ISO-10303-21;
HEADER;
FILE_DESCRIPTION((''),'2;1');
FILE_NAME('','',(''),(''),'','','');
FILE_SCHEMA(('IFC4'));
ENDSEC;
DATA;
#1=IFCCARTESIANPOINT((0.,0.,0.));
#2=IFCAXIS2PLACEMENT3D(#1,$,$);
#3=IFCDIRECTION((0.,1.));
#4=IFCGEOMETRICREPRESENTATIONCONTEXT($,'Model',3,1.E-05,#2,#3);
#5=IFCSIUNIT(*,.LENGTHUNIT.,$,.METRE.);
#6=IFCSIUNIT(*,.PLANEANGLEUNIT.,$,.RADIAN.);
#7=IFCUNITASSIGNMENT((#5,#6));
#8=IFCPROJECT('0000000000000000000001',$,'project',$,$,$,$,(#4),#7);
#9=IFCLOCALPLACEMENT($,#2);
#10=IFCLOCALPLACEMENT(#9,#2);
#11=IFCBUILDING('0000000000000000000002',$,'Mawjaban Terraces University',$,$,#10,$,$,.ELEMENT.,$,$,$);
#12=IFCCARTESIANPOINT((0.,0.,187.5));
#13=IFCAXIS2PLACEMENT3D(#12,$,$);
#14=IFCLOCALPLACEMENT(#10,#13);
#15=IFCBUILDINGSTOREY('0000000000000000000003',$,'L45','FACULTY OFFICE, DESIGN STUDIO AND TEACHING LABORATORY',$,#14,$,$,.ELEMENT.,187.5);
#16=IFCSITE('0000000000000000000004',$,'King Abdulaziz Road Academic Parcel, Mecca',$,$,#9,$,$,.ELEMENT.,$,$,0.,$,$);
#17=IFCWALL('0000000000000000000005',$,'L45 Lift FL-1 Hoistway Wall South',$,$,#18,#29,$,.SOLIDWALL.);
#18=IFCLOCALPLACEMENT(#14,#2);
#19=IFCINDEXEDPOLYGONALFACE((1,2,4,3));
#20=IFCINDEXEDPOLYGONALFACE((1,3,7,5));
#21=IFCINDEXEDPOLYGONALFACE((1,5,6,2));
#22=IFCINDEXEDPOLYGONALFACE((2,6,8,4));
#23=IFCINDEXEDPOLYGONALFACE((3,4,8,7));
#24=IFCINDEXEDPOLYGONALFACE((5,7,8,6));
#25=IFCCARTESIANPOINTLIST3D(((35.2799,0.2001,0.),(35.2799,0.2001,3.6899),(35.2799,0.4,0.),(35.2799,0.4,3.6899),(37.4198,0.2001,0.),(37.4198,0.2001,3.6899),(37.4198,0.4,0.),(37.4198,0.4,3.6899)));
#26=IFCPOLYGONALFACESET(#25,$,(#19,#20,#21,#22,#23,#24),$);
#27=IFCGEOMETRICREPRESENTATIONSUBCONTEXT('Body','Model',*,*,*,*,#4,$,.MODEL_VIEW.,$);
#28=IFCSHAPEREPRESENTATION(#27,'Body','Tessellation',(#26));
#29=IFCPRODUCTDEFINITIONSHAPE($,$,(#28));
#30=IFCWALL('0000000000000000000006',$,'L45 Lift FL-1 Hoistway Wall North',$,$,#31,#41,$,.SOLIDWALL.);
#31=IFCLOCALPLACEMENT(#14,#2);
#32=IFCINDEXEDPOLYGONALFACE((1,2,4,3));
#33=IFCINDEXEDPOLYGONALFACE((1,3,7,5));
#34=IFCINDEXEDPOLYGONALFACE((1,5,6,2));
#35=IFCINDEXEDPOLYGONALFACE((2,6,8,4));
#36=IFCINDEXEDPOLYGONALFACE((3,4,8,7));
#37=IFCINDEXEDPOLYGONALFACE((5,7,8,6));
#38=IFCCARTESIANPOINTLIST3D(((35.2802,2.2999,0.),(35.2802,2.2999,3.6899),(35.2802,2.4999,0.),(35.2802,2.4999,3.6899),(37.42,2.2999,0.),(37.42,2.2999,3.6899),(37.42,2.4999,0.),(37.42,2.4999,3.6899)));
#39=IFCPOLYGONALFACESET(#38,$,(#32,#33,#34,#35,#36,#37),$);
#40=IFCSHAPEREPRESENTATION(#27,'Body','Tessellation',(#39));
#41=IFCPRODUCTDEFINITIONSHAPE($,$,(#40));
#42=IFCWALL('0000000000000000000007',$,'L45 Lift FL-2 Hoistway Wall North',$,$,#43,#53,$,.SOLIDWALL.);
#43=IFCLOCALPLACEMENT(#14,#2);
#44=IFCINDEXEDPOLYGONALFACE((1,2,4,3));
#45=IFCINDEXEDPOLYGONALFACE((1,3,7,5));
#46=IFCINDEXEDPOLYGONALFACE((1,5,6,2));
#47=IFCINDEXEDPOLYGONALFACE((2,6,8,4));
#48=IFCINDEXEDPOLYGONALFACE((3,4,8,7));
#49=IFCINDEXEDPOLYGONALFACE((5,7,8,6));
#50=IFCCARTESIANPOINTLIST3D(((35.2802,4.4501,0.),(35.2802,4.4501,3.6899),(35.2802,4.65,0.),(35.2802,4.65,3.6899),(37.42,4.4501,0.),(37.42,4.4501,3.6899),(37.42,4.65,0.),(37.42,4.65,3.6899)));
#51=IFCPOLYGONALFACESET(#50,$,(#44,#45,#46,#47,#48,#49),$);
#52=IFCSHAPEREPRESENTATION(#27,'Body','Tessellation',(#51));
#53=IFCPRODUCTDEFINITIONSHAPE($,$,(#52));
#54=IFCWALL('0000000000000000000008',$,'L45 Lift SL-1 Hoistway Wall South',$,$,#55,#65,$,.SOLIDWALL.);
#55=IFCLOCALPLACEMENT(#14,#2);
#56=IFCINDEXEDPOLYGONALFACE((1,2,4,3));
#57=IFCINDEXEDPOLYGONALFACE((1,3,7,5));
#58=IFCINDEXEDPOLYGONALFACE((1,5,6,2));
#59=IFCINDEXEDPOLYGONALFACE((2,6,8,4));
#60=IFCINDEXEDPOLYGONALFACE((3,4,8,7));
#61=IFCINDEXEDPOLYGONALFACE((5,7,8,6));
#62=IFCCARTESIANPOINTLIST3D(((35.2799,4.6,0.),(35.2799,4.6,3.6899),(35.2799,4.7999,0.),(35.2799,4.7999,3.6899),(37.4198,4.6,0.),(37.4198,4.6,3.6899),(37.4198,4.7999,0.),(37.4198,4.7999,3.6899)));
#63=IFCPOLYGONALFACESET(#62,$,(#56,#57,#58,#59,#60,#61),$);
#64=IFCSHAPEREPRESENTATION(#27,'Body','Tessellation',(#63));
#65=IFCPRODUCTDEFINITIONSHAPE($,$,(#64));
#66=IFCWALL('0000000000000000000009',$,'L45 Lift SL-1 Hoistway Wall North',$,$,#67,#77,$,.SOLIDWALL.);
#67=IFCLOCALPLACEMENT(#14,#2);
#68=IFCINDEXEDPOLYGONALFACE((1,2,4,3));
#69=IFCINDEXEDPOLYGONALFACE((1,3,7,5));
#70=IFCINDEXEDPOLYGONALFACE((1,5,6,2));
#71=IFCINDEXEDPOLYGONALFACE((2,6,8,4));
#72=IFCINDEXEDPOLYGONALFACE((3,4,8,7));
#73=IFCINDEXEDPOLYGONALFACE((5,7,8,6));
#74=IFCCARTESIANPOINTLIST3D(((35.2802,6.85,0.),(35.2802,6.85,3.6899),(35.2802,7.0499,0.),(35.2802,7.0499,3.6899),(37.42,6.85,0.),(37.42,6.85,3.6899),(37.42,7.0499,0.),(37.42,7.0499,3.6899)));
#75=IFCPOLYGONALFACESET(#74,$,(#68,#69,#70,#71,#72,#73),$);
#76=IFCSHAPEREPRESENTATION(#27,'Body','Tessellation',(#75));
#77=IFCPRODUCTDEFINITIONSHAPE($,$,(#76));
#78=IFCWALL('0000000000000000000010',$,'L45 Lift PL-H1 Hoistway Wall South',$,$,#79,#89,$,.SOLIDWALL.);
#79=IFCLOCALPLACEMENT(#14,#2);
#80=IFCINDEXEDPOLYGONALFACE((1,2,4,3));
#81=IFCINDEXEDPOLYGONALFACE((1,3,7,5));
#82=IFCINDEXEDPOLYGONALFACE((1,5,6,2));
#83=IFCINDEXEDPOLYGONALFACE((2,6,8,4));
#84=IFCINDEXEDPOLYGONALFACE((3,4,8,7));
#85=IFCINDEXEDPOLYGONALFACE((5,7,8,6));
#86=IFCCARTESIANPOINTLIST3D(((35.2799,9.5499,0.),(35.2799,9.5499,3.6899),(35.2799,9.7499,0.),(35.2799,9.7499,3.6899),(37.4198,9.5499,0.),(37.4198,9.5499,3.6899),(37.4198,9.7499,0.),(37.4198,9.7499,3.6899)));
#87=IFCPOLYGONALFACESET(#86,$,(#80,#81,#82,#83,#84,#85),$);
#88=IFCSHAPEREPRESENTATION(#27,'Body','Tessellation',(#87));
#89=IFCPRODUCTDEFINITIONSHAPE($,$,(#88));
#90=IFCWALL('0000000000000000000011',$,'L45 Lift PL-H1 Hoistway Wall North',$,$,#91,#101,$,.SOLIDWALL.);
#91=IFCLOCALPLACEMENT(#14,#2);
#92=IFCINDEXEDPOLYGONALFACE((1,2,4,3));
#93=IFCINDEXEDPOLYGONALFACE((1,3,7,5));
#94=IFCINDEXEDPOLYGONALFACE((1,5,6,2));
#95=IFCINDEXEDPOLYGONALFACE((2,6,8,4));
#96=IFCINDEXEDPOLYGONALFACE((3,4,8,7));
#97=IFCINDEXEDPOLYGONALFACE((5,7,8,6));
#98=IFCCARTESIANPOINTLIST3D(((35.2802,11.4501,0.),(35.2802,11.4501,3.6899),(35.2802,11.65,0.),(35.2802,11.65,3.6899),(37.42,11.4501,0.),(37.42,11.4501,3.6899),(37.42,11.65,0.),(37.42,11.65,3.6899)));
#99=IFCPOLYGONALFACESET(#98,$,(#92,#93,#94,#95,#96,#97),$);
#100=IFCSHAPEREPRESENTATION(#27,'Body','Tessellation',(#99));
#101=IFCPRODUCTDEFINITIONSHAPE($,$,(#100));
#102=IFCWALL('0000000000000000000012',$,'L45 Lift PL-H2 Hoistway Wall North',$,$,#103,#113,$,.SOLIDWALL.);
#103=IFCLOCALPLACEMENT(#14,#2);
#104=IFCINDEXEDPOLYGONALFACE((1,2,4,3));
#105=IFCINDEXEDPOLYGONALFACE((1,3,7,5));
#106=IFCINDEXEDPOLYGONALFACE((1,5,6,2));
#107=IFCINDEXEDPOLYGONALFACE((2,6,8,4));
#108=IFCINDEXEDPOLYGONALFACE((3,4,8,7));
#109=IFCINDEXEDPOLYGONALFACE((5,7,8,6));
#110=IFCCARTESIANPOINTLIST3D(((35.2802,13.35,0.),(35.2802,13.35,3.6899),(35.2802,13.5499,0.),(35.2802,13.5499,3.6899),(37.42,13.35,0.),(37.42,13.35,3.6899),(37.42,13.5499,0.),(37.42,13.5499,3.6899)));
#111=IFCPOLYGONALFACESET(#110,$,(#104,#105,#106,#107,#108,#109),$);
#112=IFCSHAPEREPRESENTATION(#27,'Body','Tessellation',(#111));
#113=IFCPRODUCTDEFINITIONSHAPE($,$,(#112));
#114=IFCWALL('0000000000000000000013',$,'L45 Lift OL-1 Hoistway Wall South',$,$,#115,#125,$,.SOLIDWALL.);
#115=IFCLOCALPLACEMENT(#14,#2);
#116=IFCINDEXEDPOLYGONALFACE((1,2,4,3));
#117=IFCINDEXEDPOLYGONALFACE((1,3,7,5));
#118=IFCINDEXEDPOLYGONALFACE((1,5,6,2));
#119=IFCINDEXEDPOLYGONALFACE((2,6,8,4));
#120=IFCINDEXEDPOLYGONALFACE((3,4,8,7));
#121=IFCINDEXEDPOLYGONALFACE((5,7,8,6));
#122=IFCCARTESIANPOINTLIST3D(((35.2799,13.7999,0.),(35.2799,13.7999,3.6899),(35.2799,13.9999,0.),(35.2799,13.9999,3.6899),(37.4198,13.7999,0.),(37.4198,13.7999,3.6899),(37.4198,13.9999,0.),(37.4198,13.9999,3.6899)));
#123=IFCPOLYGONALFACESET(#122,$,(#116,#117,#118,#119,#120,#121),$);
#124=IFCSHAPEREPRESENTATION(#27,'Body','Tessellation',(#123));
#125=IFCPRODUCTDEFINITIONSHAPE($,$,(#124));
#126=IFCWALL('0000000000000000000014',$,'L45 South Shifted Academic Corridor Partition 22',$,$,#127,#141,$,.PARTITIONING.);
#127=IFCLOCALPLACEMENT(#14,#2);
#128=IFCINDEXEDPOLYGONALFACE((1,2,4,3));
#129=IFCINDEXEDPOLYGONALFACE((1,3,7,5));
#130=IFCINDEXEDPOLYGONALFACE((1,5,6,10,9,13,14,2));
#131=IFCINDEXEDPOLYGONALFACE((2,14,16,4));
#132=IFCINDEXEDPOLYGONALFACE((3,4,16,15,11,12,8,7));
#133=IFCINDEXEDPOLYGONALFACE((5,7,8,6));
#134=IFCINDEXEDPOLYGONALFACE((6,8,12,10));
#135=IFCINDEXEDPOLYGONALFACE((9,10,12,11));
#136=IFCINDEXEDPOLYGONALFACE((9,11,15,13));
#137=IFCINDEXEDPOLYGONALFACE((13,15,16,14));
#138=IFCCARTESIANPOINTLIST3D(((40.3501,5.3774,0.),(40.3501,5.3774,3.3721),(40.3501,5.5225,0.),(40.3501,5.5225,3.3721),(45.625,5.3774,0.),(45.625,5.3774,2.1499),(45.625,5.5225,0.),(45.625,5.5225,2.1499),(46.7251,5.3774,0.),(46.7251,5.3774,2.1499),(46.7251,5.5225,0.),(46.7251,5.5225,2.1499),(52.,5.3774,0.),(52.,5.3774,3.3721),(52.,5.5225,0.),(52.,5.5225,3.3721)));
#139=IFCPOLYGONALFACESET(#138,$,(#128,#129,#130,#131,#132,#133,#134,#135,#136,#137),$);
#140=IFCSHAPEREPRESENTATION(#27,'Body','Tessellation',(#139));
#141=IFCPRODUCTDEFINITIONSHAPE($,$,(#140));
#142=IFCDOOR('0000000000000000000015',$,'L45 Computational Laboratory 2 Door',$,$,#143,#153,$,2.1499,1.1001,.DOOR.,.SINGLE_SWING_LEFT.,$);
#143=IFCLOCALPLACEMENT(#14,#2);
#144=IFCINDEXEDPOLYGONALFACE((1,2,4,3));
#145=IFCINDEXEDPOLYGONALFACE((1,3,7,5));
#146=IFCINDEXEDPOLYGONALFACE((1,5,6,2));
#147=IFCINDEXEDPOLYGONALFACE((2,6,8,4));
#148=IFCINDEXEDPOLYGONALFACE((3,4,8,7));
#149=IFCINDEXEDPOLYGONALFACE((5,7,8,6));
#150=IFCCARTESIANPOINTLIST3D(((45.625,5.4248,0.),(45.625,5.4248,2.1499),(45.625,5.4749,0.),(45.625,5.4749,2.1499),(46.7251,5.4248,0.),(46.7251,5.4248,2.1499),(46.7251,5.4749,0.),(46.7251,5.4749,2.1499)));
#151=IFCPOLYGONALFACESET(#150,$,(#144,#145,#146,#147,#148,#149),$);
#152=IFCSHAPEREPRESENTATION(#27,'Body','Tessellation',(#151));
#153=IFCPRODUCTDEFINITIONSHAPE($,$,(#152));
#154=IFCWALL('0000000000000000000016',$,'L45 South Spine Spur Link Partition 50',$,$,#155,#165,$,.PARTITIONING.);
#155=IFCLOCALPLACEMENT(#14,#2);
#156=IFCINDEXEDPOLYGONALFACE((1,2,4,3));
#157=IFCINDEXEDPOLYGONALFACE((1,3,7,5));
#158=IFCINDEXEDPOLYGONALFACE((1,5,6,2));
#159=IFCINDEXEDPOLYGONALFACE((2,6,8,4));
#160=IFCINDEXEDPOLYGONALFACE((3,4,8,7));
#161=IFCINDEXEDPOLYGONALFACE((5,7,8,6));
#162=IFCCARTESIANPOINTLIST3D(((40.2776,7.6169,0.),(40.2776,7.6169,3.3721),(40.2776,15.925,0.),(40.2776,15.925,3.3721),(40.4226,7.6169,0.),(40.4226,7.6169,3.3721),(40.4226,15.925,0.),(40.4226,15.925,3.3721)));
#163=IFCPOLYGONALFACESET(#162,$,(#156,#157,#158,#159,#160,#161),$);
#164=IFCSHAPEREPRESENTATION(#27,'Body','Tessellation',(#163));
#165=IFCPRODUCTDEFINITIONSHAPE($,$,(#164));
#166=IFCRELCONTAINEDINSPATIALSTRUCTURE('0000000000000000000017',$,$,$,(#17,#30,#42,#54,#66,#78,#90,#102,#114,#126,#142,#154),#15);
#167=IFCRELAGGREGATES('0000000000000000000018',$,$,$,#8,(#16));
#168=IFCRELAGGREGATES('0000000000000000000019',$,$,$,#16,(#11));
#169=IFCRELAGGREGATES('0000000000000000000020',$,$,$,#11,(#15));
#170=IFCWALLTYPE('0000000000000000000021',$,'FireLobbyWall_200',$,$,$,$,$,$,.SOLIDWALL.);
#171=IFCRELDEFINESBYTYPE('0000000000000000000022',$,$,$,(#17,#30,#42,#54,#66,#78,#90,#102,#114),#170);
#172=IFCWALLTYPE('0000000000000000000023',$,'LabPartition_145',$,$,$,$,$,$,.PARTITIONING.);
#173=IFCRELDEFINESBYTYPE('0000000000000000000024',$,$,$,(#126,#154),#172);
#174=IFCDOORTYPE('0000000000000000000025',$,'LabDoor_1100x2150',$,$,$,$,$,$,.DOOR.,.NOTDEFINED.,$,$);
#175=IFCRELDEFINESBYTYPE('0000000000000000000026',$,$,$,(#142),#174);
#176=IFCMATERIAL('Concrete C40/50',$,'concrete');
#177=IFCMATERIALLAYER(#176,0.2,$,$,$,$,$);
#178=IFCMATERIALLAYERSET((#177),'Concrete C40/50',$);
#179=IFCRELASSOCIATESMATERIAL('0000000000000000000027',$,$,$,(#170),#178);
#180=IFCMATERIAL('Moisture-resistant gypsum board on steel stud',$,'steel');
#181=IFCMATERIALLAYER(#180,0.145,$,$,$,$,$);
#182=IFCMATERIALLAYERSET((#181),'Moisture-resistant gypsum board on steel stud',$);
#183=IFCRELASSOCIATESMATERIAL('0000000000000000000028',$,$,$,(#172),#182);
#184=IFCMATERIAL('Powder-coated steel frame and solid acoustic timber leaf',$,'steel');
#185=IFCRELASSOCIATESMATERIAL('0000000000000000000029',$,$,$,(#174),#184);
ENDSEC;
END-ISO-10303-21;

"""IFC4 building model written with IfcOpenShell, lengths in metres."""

from ifc_helpers import new_model, si_unit, direction, frame, frame_2d, origin, place, context, subcontext, project, spatial, rectangle, extrude, material, layer, layer_set, type_object, element, fill, save


model = new_model("IFC4")

# Units and contexts
model_context = context("Model", 3, precision=1e-05, world=origin(), true_north=direction((0.0, 1.0)))
body_context = subcontext(model_context, "Body", "Model", "MODEL_VIEW")
ifc_project = project(units=[si_unit("LENGTHUNIT", "METRE"), si_unit("PLANEANGLEUNIT", "RADIAN")], contexts=[model_context])

# Site, building, storey
site_placement = place(None, origin())
site = spatial("IfcSite", under=ifc_project, at=site_placement, Name="King Abdulaziz Road Academic Parcel, Mecca", CompositionType="ELEMENT", RefElevation=0.0)
building_placement = place(site_placement, origin())
building = spatial("IfcBuilding", under=site, at=building_placement, Name="Mawjaban Terraces University", CompositionType="ELEMENT")
storey_placement = place(building_placement, frame((0.0, 0.0, 187.5)))
storey = spatial("IfcBuildingStorey", under=building, at=storey_placement, Name="L45", Description="FACULTY OFFICE, DESIGN STUDIO AND TEACHING LABORATORY", CompositionType="ELEMENT", Elevation=187.5)

# Shared definitions
ifc_material_1 = material(Name="Powder-coated steel frame and solid acoustic timber leaf", Category="steel")

# Walls
ifc_material_2 = material(Name="Concrete C40/50", Category="concrete")
ifc_layer_1 = layer(ifc_material_2, 0.2)
ifc_layer_set_1 = layer_set([ifc_layer_1], Name="Concrete C40/50")
wall_type_1 = type_object("IfcWallType", Name="FireLobbyWall_200", PredefinedType="SOLIDWALL", material=ifc_layer_set_1)
for number, where, z_axis, x_axis, name in (
    (1, (35.28, 0.3, 0.0), (0.0, 0.0, 1.0), (1.0, 0.0, 0.0), "L45 Lift FL-1 Hoistway Wall South"),
    (2, (37.4199, 2.3999, 0.0), (0.0, 0.0, 1.0), (-1.0, 0.0, 0.0), "L45 Lift FL-1 Hoistway Wall North"),
    (3, (37.4199, 4.55, 0.0), (0.0, 0.0, 1.0), (-1.0, 0.0, 0.0), "L45 Lift FL-2 Hoistway Wall North"),
    (4, (35.28, 4.7, 0.0), (0.0, 0.0, 1.0), (1.0, 0.0, 0.0), "L45 Lift SL-1 Hoistway Wall South"),
    (5, (37.4199, 6.95, 0.0), (0.0, 0.0, 1.0), (-1.0, 0.0, 0.0), "L45 Lift SL-1 Hoistway Wall North"),
    (6, (35.28, 9.6499, 0.0), (0.0, 0.0, 1.0), (1.0, 0.0, 0.0), "L45 Lift PL-H1 Hoistway Wall South"),
    (7, (37.4199, 11.55, 0.0), (0.0, 0.0, 1.0), (-1.0, 0.0, 0.0), "L45 Lift PL-H1 Hoistway Wall North"),
    (8, (37.4199, 13.45, 0.0), (0.0, 0.0, 1.0), (-1.0, 0.0, 0.0), "L45 Lift PL-H2 Hoistway Wall North"),
    (9, (35.28, 13.8999, 0.0), (0.0, 0.0, 1.0), (1.0, 0.0, 0.0), "L45 Lift OL-1 Hoistway Wall South"),
):
    element("IfcWall", number, at=place(storey_placement, frame(where, z_axis=z_axis, x_axis=x_axis)), inside=storey, type_object=wall_type_1, Name=name, PredefinedType="SOLIDWALL", context=body_context, shape_type="SweptSolid", body=[
        extrude(rectangle(XDim=2.1399, YDim=0.2, at=frame_2d((1.0698, 0.0))), origin(), (0.0, 0.0, 1.0), 3.6899),
    ])

# Wall, opening, door
ifc_material_3 = material(Name="Moisture-resistant gypsum board on steel stud", Category="steel")
ifc_layer_2 = layer(ifc_material_3, 0.145)
ifc_layer_set_2 = layer_set([ifc_layer_2], Name="Moisture-resistant gypsum board on steel stud")
wall_type_2 = type_object("IfcWallType", Name="LabPartition_145", PredefinedType="PARTITIONING", material=ifc_layer_set_2)
wall_1_placement = place(storey_placement, frame((40.3501, 5.45, 0.0), z_axis=(0.0, 0.0, 1.0), x_axis=(1.0, 0.0, 0.0)))
wall_1 = element("IfcWall", 10, at=wall_1_placement, inside=storey, type_object=wall_type_2, Name="L45 South Shifted Academic Corridor Partition 22", PredefinedType="PARTITIONING", context=body_context, shape_type="SweptSolid", body=[
    extrude(rectangle(XDim=11.6499, YDim=0.145, at=frame_2d((5.825, 0.0))), origin(), (0.0, 0.0, 1.0), 3.3721),
])
opening_1_placement = place(wall_1_placement, frame((5.2749, 0.0, 0.0)))
opening_1 = element("IfcOpeningElement", 11, at=opening_1_placement, cuts=wall_1, PredefinedType="OPENING", context=body_context, shape_type="SweptSolid", body=[
    extrude(rectangle(XDim=1.1001, YDim=2.1499, at=frame_2d((0.55, 1.075))), frame((0.0, 0.0825, 0.0), z_axis=(0.0, -1.0, 0.0), x_axis=(1.0, 0.0, 0.0)), (0.0, 0.0, 1.0), 0.165),
])
door_type_1 = type_object("IfcDoorType", Name="LabDoor_1100x2150", OperationType="NOTDEFINED", PredefinedType="DOOR", material=ifc_material_1)
door_1_placement = place(opening_1_placement, origin())
door_1 = element("IfcDoor", 12, at=door_1_placement, inside=storey, type_object=door_type_1, Name="L45 Computational Laboratory 2 Door", OperationType="SINGLE_SWING_LEFT", OverallHeight=2.1499, OverallWidth=1.1001, PredefinedType="DOOR", context=body_context, shape_type="SweptSolid", body=[
    extrude(rectangle(XDim=1.1001, YDim=2.1499, at=frame_2d((0.55, 1.075))), frame((0.0, 0.0249, 0.0), z_axis=(0.0, -1.0, 0.0), x_axis=(1.0, 0.0, 0.0)), (0.0, 0.0, 1.0), 0.05),
])
fill(opening_1, door_1)

# Wall
wall_2_placement = place(storey_placement, frame((40.3501, 7.6169, 0.0), z_axis=(0.0, 0.0, 1.0), x_axis=(0.0, 1.0, 0.0)))
element("IfcWall", 13, at=wall_2_placement, inside=storey, type_object=wall_type_2, Name="L45 South Spine Spur Link Partition 50", PredefinedType="PARTITIONING", context=body_context, shape_type="SweptSolid", body=[
    extrude(rectangle(XDim=8.3081, YDim=0.145, at=frame_2d((4.1541, 0.0))), origin(), (0.0, 0.0, 1.0), 3.3721),
])

save(model, "model.ifc")
